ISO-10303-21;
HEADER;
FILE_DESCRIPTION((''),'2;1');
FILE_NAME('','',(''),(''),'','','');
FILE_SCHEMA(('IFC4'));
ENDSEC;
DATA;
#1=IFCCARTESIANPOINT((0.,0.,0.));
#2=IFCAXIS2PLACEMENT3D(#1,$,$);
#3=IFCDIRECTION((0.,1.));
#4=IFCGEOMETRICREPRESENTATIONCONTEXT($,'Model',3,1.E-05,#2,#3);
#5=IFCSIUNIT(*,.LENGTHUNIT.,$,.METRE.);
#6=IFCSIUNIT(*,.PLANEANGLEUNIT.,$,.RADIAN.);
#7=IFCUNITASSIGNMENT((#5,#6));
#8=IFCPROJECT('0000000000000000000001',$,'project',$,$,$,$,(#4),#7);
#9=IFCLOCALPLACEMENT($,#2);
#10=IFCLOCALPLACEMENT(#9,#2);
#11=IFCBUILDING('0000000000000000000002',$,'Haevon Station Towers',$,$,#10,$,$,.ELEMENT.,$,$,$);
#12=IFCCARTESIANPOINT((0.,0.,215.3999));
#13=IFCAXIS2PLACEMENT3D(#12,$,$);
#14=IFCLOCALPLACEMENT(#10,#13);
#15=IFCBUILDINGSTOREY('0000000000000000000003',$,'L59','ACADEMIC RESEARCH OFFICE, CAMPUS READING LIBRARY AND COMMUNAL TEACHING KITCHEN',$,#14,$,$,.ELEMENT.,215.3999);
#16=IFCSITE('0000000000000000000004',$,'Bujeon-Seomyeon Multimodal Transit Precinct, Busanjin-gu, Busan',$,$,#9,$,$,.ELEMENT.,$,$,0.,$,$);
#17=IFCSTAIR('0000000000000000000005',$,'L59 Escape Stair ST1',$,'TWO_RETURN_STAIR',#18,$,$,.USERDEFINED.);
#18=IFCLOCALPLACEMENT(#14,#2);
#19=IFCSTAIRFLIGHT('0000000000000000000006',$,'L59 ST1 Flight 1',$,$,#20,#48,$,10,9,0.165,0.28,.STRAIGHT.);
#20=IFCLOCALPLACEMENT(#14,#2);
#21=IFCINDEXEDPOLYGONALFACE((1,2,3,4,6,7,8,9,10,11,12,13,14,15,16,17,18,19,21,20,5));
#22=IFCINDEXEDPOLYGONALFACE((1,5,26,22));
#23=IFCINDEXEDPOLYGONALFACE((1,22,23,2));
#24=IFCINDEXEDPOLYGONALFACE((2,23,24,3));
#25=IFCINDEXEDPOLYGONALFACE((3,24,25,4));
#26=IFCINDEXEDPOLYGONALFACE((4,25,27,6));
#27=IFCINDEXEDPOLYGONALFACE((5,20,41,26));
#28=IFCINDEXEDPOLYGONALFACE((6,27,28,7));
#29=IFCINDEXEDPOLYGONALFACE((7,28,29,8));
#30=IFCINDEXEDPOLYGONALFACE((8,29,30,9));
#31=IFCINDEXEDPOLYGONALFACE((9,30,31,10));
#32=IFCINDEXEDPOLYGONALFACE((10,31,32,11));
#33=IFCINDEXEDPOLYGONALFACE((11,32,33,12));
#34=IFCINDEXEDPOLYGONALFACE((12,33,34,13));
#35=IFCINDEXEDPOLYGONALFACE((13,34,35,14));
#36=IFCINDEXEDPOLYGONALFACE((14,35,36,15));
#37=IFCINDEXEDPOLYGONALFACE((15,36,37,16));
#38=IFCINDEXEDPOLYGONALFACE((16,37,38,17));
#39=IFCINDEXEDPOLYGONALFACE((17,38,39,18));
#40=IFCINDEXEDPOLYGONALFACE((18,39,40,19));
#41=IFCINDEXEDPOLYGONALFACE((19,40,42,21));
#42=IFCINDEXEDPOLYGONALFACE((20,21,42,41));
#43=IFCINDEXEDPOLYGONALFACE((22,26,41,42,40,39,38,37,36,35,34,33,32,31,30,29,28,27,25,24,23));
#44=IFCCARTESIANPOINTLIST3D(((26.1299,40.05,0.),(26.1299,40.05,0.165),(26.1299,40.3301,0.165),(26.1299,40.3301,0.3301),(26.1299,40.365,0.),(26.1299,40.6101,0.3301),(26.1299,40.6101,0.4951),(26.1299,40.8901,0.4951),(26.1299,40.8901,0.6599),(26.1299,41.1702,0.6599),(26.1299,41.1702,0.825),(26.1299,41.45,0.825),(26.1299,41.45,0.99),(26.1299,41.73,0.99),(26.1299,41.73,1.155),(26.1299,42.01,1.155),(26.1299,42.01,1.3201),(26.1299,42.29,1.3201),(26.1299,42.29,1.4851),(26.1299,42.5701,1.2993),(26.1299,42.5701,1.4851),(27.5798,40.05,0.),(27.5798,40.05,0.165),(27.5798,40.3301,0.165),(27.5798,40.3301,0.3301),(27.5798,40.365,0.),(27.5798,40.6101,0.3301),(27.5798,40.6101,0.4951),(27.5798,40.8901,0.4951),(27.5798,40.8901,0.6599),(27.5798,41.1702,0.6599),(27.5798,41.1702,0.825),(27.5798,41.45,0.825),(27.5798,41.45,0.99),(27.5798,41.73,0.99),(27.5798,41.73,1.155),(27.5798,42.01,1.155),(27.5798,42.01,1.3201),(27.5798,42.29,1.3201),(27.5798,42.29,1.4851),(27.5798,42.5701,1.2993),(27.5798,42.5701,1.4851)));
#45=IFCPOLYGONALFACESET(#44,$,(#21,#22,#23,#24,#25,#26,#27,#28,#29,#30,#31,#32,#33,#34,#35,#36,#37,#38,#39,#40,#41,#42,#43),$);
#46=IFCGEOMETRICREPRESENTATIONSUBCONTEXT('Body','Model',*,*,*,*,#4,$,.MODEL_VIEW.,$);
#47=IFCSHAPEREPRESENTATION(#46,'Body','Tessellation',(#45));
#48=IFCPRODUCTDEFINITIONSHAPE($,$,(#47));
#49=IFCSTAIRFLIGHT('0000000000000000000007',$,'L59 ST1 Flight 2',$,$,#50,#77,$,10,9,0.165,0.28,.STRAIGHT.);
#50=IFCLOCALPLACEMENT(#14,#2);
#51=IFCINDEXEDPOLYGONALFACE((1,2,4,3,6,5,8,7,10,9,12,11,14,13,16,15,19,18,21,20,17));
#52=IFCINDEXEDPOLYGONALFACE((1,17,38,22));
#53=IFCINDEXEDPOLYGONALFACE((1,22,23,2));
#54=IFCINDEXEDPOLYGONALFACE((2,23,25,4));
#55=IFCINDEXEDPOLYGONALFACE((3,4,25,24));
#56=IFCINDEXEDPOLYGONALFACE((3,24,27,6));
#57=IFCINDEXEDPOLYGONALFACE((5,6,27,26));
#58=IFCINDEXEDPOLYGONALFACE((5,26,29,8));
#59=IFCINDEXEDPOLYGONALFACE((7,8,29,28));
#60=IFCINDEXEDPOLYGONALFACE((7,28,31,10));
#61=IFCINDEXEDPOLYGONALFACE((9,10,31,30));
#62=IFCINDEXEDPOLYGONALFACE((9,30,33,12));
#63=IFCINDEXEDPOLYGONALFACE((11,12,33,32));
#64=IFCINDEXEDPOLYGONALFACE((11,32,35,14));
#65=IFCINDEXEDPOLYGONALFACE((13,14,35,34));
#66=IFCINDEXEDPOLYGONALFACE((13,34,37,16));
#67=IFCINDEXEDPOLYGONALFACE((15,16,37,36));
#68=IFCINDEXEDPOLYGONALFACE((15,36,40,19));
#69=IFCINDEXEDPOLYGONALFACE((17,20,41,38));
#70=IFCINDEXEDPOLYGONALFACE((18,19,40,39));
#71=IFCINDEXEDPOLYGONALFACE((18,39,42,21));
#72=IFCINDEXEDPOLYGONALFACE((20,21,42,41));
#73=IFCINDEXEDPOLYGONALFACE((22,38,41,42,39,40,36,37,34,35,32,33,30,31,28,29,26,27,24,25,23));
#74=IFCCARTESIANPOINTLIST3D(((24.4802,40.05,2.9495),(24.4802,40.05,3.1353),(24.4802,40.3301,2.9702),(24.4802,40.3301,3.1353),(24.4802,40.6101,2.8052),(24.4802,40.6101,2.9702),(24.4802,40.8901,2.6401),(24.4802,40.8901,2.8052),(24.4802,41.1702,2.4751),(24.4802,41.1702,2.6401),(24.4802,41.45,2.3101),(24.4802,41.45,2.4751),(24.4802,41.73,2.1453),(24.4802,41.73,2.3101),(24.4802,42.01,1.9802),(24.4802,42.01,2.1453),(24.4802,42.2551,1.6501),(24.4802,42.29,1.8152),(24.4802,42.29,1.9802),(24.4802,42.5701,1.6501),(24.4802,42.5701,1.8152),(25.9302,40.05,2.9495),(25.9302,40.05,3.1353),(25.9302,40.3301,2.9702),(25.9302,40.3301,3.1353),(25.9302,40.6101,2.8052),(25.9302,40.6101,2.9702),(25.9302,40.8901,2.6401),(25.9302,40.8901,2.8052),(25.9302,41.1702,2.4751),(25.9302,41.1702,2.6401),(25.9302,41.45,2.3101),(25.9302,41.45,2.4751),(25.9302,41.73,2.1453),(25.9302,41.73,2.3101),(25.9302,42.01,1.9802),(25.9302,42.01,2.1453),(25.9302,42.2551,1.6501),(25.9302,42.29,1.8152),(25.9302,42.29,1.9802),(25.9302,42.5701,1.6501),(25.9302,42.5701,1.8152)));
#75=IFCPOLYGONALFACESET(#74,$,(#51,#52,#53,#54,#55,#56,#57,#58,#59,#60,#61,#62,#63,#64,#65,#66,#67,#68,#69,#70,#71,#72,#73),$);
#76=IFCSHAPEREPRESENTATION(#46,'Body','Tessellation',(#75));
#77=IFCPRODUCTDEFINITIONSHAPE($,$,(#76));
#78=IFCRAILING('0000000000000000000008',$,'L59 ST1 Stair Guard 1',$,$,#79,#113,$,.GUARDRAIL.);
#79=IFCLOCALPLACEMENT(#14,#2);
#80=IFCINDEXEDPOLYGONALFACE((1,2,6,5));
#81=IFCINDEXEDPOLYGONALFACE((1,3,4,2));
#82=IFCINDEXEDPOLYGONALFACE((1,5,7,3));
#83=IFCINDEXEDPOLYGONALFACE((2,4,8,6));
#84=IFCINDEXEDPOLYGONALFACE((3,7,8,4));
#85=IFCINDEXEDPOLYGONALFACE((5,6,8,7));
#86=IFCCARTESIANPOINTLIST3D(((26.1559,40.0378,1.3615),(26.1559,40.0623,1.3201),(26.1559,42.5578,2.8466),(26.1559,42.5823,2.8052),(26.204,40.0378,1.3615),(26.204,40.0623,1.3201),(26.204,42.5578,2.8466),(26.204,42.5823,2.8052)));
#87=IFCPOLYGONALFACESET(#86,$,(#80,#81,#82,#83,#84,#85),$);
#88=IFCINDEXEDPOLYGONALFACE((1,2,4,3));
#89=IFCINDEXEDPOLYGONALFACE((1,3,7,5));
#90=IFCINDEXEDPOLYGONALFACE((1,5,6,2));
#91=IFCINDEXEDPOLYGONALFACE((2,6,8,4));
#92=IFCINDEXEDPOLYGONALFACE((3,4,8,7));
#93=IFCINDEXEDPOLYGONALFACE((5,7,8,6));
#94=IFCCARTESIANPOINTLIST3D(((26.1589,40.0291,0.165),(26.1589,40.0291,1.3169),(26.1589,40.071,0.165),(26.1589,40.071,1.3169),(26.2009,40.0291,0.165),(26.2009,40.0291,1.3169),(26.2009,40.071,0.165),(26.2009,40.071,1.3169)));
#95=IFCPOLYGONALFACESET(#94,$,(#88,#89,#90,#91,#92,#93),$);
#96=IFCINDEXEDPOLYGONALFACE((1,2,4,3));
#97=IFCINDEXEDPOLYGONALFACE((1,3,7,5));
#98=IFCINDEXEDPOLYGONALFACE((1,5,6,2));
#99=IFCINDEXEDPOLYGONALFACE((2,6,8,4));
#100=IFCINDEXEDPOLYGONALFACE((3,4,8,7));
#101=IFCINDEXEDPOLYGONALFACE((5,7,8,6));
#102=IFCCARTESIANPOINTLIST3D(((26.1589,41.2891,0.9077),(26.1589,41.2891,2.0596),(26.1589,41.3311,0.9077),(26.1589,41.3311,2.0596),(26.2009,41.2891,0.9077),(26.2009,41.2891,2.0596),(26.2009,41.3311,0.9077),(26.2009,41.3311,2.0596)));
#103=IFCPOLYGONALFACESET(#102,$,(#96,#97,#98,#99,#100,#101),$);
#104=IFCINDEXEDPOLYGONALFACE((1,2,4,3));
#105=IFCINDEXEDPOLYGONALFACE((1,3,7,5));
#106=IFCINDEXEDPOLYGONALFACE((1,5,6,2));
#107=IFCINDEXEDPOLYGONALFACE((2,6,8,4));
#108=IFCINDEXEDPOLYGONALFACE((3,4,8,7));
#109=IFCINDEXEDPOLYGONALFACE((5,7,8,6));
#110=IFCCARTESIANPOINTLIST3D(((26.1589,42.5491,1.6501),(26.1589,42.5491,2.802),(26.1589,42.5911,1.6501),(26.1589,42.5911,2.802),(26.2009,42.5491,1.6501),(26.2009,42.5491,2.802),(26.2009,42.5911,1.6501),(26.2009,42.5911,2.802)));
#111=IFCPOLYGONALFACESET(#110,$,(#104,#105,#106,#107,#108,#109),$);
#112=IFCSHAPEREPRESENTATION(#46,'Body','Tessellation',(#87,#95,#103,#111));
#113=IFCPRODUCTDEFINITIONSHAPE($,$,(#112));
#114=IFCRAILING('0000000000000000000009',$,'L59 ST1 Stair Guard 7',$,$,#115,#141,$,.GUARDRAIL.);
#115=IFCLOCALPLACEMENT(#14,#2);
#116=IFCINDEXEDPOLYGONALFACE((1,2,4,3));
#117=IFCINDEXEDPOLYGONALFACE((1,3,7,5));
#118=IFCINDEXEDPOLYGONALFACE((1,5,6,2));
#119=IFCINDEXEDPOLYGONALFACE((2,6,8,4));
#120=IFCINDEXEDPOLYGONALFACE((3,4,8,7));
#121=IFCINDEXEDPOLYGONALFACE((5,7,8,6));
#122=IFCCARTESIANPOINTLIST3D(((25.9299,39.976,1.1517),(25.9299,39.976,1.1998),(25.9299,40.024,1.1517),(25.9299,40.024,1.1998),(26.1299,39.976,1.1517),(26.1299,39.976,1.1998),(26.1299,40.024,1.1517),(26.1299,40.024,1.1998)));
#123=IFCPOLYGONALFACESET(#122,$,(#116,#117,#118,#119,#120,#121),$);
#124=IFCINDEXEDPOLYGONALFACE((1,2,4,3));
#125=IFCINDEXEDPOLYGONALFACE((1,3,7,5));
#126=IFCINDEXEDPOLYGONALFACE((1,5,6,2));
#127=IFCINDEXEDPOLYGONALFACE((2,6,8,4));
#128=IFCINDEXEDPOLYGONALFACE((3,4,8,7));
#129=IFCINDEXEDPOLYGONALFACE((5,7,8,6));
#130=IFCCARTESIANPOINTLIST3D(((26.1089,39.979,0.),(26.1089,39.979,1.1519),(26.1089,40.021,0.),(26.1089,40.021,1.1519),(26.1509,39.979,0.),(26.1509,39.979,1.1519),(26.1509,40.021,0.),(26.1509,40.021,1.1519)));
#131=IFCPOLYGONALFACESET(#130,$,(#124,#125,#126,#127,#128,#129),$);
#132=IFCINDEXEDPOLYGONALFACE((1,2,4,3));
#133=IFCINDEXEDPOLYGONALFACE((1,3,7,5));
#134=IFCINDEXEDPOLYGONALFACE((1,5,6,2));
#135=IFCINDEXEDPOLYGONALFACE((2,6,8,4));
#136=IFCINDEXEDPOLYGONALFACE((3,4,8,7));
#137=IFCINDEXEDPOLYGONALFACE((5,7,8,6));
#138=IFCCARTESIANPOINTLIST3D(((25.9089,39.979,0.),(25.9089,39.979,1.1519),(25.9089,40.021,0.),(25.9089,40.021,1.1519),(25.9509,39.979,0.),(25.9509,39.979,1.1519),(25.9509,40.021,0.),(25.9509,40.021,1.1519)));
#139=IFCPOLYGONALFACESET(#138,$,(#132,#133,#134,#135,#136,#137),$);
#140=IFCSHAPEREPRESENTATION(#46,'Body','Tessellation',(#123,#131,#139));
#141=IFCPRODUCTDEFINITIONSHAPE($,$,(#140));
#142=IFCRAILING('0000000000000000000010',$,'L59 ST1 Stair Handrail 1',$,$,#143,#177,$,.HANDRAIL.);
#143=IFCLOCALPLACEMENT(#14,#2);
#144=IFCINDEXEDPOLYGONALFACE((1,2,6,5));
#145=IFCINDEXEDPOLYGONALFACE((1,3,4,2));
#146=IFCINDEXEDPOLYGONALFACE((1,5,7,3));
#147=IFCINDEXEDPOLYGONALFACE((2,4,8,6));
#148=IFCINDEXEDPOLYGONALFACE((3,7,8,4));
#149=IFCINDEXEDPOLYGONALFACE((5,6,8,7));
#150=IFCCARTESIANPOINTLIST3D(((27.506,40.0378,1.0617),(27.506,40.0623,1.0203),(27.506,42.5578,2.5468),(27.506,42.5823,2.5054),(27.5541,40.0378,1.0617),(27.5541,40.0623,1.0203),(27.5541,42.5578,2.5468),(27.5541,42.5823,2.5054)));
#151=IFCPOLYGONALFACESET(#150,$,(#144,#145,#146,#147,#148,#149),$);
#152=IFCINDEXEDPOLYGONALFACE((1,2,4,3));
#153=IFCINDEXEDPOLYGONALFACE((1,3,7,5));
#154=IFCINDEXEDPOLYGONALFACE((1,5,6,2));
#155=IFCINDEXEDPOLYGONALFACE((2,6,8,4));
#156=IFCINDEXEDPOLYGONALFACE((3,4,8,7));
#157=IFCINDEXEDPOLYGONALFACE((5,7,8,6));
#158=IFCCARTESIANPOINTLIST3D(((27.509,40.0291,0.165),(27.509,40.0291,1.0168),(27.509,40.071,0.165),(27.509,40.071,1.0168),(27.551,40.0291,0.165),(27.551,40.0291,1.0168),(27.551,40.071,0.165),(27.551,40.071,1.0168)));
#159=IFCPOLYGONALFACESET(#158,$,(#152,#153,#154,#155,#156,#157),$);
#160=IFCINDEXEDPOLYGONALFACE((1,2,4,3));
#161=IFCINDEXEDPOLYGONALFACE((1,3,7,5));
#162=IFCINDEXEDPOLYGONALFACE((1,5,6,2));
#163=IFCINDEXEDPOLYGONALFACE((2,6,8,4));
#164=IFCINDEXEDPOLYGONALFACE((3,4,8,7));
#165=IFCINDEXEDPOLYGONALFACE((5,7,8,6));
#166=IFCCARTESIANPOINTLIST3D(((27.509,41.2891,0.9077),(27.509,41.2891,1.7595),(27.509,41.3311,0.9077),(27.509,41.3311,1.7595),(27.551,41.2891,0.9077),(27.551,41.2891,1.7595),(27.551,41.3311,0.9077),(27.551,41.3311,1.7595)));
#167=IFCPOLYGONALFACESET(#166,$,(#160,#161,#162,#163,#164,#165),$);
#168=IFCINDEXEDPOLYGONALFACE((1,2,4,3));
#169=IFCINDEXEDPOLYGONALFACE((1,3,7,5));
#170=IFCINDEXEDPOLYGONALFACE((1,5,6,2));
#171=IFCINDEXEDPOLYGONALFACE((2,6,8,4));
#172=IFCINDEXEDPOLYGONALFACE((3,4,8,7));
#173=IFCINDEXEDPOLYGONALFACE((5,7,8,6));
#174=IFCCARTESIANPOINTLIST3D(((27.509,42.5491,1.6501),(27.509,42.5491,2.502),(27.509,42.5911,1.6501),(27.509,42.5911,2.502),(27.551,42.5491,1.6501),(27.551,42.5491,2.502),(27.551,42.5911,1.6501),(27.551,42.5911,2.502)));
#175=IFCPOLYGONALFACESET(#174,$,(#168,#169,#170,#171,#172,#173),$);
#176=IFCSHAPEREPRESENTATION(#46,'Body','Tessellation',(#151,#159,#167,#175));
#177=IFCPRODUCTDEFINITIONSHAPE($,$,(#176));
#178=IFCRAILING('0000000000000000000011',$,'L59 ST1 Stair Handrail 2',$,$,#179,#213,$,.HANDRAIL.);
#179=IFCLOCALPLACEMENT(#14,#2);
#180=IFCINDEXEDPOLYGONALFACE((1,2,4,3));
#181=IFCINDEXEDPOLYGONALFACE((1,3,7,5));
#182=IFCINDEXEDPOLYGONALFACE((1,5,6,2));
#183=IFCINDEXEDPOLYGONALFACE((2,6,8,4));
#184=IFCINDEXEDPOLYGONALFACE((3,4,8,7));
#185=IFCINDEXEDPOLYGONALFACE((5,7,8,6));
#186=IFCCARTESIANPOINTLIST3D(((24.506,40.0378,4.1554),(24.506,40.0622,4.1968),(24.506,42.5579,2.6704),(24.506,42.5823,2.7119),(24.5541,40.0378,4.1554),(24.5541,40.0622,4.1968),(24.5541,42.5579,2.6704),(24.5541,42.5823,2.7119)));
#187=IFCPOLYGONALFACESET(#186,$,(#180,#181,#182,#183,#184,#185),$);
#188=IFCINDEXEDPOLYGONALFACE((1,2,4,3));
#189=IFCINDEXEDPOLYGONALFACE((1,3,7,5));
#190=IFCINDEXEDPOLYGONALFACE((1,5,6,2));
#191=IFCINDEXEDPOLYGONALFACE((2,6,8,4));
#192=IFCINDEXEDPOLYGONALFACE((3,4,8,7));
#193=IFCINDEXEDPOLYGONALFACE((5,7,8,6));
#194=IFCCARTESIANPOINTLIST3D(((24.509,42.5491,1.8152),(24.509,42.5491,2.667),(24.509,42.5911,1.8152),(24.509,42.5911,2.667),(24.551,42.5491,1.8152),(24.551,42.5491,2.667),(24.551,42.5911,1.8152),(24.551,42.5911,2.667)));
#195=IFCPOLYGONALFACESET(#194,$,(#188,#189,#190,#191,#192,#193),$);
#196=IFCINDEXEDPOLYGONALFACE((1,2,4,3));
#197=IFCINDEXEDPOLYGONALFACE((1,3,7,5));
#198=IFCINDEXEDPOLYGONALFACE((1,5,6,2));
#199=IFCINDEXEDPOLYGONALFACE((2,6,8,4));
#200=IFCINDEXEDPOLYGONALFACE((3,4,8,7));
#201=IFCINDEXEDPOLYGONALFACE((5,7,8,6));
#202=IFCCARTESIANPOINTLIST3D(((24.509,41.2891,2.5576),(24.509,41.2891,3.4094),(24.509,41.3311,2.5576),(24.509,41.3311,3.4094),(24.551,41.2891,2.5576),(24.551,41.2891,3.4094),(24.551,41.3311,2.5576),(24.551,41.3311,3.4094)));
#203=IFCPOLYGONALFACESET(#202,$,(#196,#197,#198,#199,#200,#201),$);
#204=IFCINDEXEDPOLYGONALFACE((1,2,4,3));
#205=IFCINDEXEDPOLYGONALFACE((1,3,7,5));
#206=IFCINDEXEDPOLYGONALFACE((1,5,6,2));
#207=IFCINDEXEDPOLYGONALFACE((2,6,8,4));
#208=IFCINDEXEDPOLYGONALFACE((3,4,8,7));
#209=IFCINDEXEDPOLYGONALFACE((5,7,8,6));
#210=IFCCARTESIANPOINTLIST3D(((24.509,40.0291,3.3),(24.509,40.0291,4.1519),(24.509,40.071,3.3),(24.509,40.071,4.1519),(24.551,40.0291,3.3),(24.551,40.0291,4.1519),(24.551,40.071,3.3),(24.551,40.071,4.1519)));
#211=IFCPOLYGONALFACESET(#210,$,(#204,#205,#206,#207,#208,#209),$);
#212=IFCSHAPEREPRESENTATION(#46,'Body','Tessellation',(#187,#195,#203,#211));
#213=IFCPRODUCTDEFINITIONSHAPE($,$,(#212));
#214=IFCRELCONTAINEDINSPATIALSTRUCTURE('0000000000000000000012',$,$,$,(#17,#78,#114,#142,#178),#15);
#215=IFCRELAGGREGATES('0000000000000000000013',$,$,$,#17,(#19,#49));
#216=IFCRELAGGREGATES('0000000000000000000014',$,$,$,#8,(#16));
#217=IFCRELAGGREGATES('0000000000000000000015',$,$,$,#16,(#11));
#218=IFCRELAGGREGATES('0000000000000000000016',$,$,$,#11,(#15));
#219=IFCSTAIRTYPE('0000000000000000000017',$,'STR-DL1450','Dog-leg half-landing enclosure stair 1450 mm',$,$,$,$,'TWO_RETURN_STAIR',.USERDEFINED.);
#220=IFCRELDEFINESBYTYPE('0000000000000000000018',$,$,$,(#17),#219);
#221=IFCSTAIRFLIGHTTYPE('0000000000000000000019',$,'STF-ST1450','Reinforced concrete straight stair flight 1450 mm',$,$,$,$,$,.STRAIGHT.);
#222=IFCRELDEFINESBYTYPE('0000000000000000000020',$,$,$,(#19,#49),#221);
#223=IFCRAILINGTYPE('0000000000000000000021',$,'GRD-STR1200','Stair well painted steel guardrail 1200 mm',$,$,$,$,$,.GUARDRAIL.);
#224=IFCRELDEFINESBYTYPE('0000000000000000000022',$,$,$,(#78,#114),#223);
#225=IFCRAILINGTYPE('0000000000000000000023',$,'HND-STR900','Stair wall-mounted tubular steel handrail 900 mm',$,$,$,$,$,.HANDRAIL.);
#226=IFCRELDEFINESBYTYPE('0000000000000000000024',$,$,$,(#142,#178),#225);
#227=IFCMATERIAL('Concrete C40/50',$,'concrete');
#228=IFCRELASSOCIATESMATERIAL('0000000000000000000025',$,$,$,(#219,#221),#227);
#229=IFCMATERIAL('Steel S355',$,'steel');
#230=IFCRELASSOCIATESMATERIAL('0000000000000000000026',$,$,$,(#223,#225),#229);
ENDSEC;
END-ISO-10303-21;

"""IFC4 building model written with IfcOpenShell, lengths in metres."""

from ifc_helpers import new_model, si_unit, direction, frame, origin, origin_2d, place, context, subcontext, project, spatial, polyline, rectangle, outline, extrude, material, type_object, element, aggregate, save


model = new_model("IFC4")

# Units and contexts
model_context = context("Model", 3, precision=1e-05, world=origin(), true_north=direction((0.0, 1.0)))
body_context = subcontext(model_context, "Body", "Model", "MODEL_VIEW")
ifc_project = project(units=[si_unit("LENGTHUNIT", "METRE"), si_unit("PLANEANGLEUNIT", "RADIAN")], contexts=[model_context])

# Site, building, storey
site_placement = place(None, origin())
site = spatial("IfcSite", under=ifc_project, at=site_placement, Name="Bujeon-Seomyeon Multimodal Transit Precinct, Busanjin-gu, Busan", CompositionType="ELEMENT", RefElevation=0.0)
building_placement = place(site_placement, origin())
building = spatial("IfcBuilding", under=site, at=building_placement, Name="Haevon Station Towers", CompositionType="ELEMENT")
storey_placement = place(building_placement, frame((0.0, 0.0, 215.3999)))
storey = spatial("IfcBuildingStorey", under=building, at=storey_placement, Name="L59", Description="ACADEMIC RESEARCH OFFICE, CAMPUS READING LIBRARY AND COMMUNAL TEACHING KITCHEN", CompositionType="ELEMENT", Elevation=215.3999)

# Stair, stair flights
ifc_material_1 = material(Name="Concrete C40/50", Category="concrete")
stair_type = type_object("IfcStairType", Name="STR-DL1450", Description="Dog-leg half-landing enclosure stair 1450 mm", ElementType="TWO_RETURN_STAIR", PredefinedType="USERDEFINED", material=ifc_material_1)
stair_placement = place(storey_placement, origin())
stair = element("IfcStair", 1, at=stair_placement, inside=storey, type_object=stair_type, Name="L59 Escape Stair ST1", ObjectType="TWO_RETURN_STAIR", PredefinedType="USERDEFINED")
stair_flight_type = type_object("IfcStairFlightType", Name="STF-ST1450", Description="Reinforced concrete straight stair flight 1450 mm", PredefinedType="STRAIGHT", material=ifc_material_1)
stair_flight_1_placement = place(storey_placement, frame((26.855, 40.05, 0.0), z_axis=(0.0, 0.0, 1.0), x_axis=(0.0, 1.0, 0.0)))
stair_flight_1 = element("IfcStairFlight", 2, at=stair_flight_1_placement, type_object=stair_flight_type, Name="L59 ST1 Flight 1", NumberOfRisers=10, NumberOfTreads=9, PredefinedType="STRAIGHT", RiserHeight=0.165, TreadLength=0.28, context=body_context, shape_type="SweptSolid", body=[
    extrude(outline(polyline([(0.0, 0.0), (0.0, 0.165), (0.28, 0.165), (0.28, 0.3301), (0.5601, 0.3301), (0.5601, 0.4951), (0.8401, 0.4951), (0.8401, 0.6599), (1.1201, 0.6599), (1.1201, 0.825), (1.3999, 0.825), (1.3999, 0.99), (1.6799, 0.99), (1.6799, 1.155), (1.96, 1.155), (1.96, 1.3201), (2.24, 1.3201), (2.24, 1.4851), (2.52, 1.4851), (2.52, 1.6499), (2.52, 1.2993), (0.3149, 0.0), (0.0, 0.0)])), frame((0.0, 0.7251, 0.0), z_axis=(0.0, -1.0, 0.0), x_axis=(1.0, 0.0, 0.0)), (0.0, 0.0, 1.0), 1.45),
])
stair_flight_2_placement = place(storey_placement, frame((25.2051, 42.5701, 1.6501), z_axis=(0.0, 0.0, 1.0), x_axis=(0.0, -1.0, 0.0)))
stair_flight_2 = element("IfcStairFlight", 3, at=stair_flight_2_placement, type_object=stair_flight_type, Name="L59 ST1 Flight 2", NumberOfRisers=10, NumberOfTreads=9, PredefinedType="STRAIGHT", RiserHeight=0.165, TreadLength=0.28, context=body_context, shape_type="SweptSolid", body=[
    extrude(outline(polyline([(0.0, 0.0), (0.0, 0.165), (0.28, 0.165), (0.28, 0.3301), (0.5601, 0.3301), (0.5601, 0.4951), (0.8401, 0.4951), (0.8401, 0.6599), (1.1201, 0.6599), (1.1201, 0.825), (1.3999, 0.825), (1.3999, 0.99), (1.6799, 0.99), (1.6799, 1.155), (1.96, 1.155), (1.96, 1.3201), (2.24, 1.3201), (2.24, 1.4851), (2.52, 1.4851), (2.52, 1.6499), (2.52, 1.2993), (0.3149, 0.0), (0.0, 0.0)])), frame((0.0, 0.7251, 0.0), z_axis=(0.0, -1.0, 0.0), x_axis=(1.0, 0.0, 0.0)), (0.0, 0.0, 1.0), 1.45),
])
aggregate(stair, [stair_flight_1, stair_flight_2])

# Railings
ifc_material_2 = material(Name="Steel S355", Category="steel")
railing_type_1 = type_object("IfcRailingType", Name="GRD-STR1200", Description="Stair well painted steel guardrail 1200 mm", PredefinedType="GUARDRAIL", material=ifc_material_2)
railing_1_placement = place(storey_placement, frame((26.1799, 40.05, 0.165)))
element("IfcRailing", 4, at=railing_1_placement, inside=storey, type_object=railing_type_1, Name="L59 ST1 Stair Guard 1", PredefinedType="GUARDRAIL", context=body_context, shape_type="SweptSolid", body=[
    extrude(rectangle(XDim=0.0481, YDim=0.0481, at=origin_2d()), frame((0.0, 0.0, 1.1758), z_axis=(0.0, 0.861524, 0.507717), x_axis=(-1.0, 0.0, 0.0)), (0.0, 0.0, 1.0), 2.925),
    extrude(rectangle(XDim=0.042, YDim=0.042, at=origin_2d()), origin(), (0.0, 0.0, 1.0), 1.1519),
    extrude(rectangle(XDim=0.042, YDim=0.042, at=origin_2d()), frame((0.0, 1.26, 0.7427)), (0.0, 0.0, 1.0), 1.1519),
    extrude(rectangle(XDim=0.042, YDim=0.042, at=origin_2d()), frame((0.0, 2.52, 1.4851)), (0.0, 0.0, 1.0), 1.1519),
])
railing_2_placement = place(storey_placement, frame((26.1299, 40.0, 0.0)))
element("IfcRailing", 5, at=railing_2_placement, inside=storey, type_object=railing_type_1, Name="L59 ST1 Stair Guard 7", PredefinedType="GUARDRAIL", context=body_context, shape_type="SweptSolid", body=[
    extrude(rectangle(XDim=0.0481, YDim=0.0481, at=origin_2d()), frame((0.0, 0.0, 1.1758), z_axis=(-1.0, 0.0, 0.0), x_axis=(0.0, -1.0, 0.0)), (0.0, 0.0, 1.0), 0.2),
    extrude(rectangle(XDim=0.042, YDim=0.042, at=origin_2d()), origin(), (0.0, 0.0, 1.0), 1.1519),
    extrude(rectangle(XDim=0.042, YDim=0.042, at=origin_2d()), frame((-0.2, 0.0, 0.0)), (0.0, 0.0, 1.0), 1.1519),
])
railing_type_2 = type_object("IfcRailingType", Name="HND-STR900", Description="Stair wall-mounted tubular steel handrail 900 mm", PredefinedType="HANDRAIL", material=ifc_material_2)
railing_3_placement = place(storey_placement, frame((27.53, 40.05, 0.165)))
element("IfcRailing", 6, at=railing_3_placement, inside=storey, type_object=railing_type_2, Name="L59 ST1 Stair Handrail 1", PredefinedType="HANDRAIL", context=body_context, shape_type="SweptSolid", body=[
    extrude(rectangle(XDim=0.0481, YDim=0.0481, at=origin_2d()), frame((0.0, 0.0, 0.876), z_axis=(0.0, 0.861524, 0.507717), x_axis=(-1.0, 0.0, 0.0)), (0.0, 0.0, 1.0), 2.925),
    extrude(rectangle(XDim=0.042, YDim=0.042, at=origin_2d()), origin(), (0.0, 0.0, 1.0), 0.8518),
    extrude(rectangle(XDim=0.042, YDim=0.042, at=origin_2d()), frame((0.0, 1.26, 0.7427)), (0.0, 0.0, 1.0), 0.8518),
    extrude(rectangle(XDim=0.042, YDim=0.042, at=origin_2d()), frame((0.0, 2.52, 1.4851)), (0.0, 0.0, 1.0), 0.8518),
])
railing_4_placement = place(storey_placement, frame((24.53, 42.5701, 1.8152)))
element("IfcRailing", 7, at=railing_4_placement, inside=storey, type_object=railing_type_2, Name="L59 ST1 Stair Handrail 2", PredefinedType="HANDRAIL", context=body_context, shape_type="SweptSolid", body=[
    extrude(rectangle(XDim=0.0481, YDim=0.0481, at=origin_2d()), frame((0.0, 0.0, 0.876), z_axis=(0.0, -0.861561, 0.507655), x_axis=(1.0, 0.0, 0.0)), (0.0, 0.0, 1.0), 2.925),
    extrude(rectangle(XDim=0.042, YDim=0.042, at=origin_2d()), origin(), (0.0, 0.0, 1.0), 0.8518),
    extrude(rectangle(XDim=0.042, YDim=0.042, at=origin_2d()), frame((0.0, -1.26, 0.7424)), (0.0, 0.0, 1.0), 0.8518),
    extrude(rectangle(XDim=0.042, YDim=0.042, at=origin_2d()), frame((0.0, -2.52, 1.4849)), (0.0, 0.0, 1.0), 0.8518),
])

save(model, "model.ifc")
